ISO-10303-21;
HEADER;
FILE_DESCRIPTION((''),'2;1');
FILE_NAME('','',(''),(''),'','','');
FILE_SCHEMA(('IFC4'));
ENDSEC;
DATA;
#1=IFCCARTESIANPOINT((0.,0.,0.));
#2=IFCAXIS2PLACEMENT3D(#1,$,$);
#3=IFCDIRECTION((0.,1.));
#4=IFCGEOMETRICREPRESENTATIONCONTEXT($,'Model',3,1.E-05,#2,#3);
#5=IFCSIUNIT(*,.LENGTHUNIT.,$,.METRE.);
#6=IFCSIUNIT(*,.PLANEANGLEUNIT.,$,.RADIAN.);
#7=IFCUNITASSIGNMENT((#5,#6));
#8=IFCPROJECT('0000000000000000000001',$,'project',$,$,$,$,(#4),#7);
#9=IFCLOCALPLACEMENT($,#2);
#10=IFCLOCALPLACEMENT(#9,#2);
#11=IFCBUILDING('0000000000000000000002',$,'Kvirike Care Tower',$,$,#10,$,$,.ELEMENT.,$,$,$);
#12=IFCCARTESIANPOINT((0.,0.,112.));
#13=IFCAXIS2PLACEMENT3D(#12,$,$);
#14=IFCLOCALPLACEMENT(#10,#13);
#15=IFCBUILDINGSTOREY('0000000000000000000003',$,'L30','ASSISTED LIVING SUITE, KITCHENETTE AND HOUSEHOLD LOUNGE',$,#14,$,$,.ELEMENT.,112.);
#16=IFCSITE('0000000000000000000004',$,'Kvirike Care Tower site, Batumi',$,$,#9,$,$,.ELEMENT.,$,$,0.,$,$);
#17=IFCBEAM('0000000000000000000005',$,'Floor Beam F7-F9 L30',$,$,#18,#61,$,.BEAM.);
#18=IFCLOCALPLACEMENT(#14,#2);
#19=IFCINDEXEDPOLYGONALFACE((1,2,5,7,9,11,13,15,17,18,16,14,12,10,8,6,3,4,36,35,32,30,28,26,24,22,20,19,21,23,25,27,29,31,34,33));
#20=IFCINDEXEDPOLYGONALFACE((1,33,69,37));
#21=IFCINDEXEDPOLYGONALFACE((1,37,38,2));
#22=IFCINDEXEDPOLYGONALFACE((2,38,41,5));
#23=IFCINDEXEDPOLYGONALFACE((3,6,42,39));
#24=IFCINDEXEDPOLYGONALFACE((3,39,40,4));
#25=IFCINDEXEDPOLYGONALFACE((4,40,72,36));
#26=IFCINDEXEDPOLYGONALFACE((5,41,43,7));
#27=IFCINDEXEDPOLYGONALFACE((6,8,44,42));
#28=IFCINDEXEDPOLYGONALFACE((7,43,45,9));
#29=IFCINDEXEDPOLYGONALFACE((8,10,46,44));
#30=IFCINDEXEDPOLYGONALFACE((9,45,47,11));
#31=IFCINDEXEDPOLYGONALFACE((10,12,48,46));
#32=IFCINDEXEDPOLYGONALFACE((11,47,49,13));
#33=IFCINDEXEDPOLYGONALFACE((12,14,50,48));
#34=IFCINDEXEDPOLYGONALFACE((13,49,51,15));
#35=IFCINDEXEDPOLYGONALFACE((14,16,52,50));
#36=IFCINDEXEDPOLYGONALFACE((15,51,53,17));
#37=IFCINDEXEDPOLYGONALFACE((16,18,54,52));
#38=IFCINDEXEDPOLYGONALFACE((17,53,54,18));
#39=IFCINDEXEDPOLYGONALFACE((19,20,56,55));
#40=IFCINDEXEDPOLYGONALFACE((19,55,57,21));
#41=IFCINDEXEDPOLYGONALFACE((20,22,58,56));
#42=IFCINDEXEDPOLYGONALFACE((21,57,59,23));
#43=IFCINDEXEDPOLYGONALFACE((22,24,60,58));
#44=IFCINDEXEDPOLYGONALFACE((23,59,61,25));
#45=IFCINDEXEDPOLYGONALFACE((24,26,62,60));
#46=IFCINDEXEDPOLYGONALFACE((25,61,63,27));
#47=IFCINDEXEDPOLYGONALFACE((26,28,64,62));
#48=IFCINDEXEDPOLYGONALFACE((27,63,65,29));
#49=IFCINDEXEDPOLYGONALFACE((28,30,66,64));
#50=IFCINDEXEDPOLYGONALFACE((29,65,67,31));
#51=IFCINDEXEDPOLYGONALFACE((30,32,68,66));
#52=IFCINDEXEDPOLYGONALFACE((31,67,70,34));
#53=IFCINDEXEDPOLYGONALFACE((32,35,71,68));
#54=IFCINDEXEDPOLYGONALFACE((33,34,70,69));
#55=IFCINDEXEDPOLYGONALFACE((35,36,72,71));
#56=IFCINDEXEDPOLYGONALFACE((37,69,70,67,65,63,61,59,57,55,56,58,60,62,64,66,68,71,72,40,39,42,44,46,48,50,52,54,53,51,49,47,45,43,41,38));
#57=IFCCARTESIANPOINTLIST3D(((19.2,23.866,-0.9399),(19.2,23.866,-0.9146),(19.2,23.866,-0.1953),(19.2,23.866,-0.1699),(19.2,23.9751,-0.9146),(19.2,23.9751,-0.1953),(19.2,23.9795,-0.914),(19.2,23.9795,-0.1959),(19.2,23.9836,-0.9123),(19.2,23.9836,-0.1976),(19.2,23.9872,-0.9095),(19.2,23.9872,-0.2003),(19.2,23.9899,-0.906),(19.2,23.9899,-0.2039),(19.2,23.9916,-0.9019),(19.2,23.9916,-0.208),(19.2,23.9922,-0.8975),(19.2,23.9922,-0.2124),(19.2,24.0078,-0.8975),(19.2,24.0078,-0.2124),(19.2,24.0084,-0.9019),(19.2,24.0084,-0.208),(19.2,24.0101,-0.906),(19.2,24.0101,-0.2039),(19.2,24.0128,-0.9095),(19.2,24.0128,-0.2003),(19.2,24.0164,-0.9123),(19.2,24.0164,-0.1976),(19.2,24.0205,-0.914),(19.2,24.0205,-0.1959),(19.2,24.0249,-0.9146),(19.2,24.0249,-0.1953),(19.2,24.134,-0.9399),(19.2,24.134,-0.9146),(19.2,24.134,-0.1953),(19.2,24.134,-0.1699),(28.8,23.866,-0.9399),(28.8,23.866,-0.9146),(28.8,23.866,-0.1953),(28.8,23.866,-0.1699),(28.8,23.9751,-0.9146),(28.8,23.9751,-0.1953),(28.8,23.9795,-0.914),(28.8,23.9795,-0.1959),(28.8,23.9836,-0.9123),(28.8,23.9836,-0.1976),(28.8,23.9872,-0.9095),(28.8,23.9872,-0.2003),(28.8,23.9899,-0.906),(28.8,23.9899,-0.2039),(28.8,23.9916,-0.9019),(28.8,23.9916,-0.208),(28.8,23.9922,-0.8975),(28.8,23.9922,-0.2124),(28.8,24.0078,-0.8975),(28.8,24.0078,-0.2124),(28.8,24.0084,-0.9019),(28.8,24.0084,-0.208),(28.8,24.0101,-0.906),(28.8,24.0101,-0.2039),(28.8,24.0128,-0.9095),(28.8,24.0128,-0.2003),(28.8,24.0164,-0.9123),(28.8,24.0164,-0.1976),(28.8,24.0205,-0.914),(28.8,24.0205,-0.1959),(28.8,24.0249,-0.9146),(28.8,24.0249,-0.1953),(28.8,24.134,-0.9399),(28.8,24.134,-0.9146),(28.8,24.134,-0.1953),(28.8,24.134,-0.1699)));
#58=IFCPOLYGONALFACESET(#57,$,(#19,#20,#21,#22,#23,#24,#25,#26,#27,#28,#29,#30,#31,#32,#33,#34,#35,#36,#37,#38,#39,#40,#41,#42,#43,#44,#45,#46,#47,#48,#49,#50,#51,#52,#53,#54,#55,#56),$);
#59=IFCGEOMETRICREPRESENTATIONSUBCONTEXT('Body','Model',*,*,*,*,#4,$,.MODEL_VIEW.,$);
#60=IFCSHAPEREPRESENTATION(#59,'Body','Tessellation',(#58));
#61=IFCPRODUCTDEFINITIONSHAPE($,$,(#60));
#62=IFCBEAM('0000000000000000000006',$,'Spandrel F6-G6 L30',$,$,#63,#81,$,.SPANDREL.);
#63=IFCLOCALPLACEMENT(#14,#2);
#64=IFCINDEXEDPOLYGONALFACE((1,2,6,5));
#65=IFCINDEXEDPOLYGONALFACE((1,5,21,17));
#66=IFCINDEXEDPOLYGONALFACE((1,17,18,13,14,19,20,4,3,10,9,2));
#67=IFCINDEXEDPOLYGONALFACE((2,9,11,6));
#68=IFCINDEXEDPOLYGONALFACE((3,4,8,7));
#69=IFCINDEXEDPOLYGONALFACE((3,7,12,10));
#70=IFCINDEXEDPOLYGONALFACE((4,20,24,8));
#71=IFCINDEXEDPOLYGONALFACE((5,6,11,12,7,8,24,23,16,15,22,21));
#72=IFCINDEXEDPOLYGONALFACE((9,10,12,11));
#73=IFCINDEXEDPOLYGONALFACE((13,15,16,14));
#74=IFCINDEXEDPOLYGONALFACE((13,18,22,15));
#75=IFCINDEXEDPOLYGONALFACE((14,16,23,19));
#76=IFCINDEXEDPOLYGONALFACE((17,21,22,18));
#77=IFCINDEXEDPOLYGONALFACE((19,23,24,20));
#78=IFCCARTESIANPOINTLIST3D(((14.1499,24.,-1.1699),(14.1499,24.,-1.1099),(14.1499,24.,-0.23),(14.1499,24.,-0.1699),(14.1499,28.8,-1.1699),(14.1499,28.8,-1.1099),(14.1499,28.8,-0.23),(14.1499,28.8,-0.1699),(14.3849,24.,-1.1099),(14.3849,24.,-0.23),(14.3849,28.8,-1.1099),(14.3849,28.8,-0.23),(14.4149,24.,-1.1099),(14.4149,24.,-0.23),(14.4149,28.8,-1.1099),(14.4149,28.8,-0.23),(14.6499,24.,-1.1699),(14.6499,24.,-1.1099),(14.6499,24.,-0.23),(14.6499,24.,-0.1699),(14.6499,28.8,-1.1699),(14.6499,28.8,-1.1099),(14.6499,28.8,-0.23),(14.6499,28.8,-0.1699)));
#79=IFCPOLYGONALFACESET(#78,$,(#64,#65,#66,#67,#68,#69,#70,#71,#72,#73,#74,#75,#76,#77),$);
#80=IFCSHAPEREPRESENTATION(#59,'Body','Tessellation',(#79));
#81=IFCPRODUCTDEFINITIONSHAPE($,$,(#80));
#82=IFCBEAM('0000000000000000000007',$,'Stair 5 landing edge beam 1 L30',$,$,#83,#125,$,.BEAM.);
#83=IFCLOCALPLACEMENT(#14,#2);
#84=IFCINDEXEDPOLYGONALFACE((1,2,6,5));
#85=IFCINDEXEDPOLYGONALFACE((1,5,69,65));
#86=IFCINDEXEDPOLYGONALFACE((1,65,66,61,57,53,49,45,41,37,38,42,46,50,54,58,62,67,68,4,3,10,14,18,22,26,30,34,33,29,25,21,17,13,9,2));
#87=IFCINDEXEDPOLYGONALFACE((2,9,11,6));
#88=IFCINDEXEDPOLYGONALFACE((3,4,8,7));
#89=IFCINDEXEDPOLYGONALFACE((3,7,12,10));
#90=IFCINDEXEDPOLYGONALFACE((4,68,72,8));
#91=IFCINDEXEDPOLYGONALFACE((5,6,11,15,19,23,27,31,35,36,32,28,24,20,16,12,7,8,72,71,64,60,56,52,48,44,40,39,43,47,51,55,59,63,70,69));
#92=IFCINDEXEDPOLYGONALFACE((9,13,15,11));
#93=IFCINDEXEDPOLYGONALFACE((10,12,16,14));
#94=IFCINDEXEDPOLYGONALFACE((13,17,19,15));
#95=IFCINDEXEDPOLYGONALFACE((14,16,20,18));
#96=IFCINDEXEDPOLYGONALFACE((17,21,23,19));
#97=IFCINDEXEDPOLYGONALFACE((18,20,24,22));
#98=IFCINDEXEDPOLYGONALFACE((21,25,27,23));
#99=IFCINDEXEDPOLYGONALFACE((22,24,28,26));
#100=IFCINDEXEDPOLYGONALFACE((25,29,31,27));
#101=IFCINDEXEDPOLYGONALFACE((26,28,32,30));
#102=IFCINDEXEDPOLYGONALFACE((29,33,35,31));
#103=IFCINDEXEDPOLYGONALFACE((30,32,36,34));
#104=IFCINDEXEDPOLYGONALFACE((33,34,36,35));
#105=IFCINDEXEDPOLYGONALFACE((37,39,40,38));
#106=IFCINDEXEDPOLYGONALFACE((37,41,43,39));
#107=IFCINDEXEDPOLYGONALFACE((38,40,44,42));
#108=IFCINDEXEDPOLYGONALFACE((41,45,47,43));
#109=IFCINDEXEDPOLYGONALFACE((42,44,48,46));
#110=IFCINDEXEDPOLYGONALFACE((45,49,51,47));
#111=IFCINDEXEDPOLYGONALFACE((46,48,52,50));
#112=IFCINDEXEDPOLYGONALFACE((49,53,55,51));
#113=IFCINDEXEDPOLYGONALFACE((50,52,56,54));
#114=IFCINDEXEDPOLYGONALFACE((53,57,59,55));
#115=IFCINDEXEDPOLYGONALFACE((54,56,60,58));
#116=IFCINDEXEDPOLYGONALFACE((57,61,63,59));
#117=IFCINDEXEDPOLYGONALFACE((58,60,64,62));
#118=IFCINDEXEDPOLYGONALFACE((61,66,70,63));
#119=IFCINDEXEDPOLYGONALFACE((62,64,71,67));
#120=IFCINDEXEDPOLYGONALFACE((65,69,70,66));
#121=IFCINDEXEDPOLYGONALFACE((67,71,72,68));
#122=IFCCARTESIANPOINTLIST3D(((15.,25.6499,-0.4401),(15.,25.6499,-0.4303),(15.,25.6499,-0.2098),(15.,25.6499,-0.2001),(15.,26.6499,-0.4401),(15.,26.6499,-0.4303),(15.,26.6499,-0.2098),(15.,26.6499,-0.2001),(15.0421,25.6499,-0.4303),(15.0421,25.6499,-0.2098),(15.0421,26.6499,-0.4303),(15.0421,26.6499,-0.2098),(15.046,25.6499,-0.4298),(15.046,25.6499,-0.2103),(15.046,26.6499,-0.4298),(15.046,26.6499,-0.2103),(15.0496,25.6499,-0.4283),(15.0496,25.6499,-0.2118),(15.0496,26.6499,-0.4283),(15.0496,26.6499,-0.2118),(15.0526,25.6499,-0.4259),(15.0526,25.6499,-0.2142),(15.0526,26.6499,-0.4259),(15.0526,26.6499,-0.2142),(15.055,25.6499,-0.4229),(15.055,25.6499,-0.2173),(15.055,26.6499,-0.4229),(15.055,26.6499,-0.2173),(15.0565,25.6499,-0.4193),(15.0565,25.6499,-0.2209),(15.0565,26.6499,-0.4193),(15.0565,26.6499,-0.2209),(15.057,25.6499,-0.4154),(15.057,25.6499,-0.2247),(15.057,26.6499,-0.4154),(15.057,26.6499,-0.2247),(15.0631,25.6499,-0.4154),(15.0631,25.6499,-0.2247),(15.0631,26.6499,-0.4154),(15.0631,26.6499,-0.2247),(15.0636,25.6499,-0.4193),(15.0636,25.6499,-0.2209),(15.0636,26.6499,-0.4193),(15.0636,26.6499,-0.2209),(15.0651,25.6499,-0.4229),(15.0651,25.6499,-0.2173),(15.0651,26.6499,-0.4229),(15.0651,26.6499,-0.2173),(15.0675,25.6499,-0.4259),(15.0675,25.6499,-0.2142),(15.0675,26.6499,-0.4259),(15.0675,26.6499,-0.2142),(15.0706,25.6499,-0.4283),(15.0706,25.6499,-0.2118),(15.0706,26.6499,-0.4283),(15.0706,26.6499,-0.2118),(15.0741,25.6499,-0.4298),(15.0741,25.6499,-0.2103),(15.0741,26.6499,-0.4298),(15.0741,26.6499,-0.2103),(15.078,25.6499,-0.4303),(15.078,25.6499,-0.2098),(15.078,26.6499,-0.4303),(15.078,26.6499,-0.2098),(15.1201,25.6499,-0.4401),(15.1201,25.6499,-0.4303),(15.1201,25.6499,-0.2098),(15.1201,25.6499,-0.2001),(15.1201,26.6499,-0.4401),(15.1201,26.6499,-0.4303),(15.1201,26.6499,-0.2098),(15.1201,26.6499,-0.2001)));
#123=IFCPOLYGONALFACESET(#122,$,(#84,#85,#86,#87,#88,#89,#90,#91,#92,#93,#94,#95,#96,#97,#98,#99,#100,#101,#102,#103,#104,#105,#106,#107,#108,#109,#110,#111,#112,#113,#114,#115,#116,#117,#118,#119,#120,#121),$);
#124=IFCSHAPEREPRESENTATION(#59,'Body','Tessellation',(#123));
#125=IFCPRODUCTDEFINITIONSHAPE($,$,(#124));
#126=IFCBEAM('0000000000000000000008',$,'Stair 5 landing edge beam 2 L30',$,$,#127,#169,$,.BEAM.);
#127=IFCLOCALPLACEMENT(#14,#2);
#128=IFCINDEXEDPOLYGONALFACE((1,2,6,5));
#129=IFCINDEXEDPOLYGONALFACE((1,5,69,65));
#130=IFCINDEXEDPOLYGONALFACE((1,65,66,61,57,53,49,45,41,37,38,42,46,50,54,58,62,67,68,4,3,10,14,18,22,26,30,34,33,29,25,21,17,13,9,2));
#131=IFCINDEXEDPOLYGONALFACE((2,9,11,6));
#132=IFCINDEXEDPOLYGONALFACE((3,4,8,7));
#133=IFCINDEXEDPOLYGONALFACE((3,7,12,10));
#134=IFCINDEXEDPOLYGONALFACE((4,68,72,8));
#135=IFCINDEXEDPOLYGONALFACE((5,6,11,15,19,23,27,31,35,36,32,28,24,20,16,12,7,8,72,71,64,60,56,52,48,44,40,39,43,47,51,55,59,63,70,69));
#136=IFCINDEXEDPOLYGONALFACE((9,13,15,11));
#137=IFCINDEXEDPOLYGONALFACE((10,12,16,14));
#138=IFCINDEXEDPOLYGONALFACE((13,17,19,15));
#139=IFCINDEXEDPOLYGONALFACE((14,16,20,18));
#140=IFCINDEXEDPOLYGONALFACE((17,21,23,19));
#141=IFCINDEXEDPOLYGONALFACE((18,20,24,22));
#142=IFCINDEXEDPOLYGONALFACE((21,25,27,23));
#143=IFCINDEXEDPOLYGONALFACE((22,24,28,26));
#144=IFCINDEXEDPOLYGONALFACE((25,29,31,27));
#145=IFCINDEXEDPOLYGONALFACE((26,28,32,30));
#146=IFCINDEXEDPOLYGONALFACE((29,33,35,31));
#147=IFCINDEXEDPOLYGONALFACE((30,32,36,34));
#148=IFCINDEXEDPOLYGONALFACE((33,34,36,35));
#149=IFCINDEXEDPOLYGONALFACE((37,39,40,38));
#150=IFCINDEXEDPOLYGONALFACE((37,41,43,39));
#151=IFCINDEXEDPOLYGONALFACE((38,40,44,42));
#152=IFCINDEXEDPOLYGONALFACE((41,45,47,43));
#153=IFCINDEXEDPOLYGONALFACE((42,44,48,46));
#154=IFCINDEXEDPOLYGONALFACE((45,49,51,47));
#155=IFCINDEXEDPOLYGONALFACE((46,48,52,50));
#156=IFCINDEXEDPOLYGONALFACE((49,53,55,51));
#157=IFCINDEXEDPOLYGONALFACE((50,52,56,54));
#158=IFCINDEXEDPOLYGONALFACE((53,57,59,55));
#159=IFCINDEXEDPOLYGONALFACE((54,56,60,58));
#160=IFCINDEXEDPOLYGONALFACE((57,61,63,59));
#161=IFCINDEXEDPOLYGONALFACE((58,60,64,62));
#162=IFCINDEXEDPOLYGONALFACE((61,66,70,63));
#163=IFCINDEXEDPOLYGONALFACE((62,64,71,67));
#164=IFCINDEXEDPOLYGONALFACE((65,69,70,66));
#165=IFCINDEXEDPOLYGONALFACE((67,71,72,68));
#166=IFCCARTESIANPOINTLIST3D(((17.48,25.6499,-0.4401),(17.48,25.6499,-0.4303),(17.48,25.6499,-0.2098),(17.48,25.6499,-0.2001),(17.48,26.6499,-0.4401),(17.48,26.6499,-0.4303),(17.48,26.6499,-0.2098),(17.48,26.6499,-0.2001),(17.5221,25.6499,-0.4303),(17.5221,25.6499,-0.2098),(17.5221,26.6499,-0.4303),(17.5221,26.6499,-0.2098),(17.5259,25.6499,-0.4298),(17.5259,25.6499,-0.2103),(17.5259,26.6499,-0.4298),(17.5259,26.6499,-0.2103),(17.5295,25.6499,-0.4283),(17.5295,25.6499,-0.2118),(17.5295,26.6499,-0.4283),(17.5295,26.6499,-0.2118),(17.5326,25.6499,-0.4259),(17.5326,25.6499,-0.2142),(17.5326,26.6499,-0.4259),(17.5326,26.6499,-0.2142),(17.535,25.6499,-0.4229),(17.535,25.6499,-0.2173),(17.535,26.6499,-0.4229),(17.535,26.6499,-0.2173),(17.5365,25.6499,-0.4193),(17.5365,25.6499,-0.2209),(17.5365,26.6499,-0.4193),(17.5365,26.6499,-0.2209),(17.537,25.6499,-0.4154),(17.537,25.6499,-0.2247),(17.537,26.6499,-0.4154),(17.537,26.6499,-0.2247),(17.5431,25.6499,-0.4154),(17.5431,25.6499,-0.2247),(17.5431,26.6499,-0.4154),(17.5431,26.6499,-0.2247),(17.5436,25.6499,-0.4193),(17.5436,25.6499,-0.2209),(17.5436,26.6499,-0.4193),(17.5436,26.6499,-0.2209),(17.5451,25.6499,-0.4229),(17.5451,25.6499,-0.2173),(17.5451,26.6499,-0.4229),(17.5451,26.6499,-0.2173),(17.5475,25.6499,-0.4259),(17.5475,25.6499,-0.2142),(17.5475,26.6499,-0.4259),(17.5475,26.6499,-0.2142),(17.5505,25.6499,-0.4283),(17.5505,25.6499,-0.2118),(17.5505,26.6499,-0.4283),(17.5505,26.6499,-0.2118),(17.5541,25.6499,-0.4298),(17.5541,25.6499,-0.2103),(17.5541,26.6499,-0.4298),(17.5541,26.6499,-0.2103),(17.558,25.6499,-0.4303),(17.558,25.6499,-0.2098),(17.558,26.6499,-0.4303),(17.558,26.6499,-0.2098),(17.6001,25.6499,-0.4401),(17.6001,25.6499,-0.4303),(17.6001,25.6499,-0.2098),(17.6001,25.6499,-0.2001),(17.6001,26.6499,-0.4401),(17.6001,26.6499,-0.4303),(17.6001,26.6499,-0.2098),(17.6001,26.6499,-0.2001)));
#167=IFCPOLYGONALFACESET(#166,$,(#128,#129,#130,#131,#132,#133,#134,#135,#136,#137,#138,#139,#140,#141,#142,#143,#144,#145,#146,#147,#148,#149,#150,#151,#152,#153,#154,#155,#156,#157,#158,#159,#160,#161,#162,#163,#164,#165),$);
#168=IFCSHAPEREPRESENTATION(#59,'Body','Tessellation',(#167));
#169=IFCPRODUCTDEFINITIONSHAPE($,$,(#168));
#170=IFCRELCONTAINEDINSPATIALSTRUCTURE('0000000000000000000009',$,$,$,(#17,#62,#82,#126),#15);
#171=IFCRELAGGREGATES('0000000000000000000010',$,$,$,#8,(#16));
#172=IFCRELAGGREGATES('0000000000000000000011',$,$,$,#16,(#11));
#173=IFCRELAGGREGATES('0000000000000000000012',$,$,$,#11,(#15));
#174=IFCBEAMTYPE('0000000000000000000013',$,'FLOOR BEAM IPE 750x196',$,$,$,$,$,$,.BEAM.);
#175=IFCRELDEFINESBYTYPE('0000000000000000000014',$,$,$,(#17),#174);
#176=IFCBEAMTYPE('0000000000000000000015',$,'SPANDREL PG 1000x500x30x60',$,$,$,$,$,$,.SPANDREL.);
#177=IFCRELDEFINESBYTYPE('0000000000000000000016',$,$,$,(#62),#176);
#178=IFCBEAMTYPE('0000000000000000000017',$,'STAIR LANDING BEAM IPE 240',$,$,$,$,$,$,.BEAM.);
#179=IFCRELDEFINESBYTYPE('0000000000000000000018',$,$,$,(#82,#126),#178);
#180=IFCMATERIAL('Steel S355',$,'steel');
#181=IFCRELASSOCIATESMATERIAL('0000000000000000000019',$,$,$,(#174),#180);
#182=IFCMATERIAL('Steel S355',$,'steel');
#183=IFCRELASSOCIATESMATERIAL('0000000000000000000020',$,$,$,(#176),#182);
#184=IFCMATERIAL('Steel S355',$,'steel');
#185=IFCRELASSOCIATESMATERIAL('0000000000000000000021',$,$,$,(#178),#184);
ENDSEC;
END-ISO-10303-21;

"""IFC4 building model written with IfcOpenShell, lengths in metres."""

from ifc_helpers import new_model, si_unit, direction, frame, origin, origin_2d, place, context, subcontext, project, spatial, i_section, extrude, material, material_profile, profile_set, type_object, element, save


model = new_model("IFC4")

# Units and contexts
model_context = context("Model", 3, precision=1e-05, world=origin(), true_north=direction((0.0, 1.0)))
body_context = subcontext(model_context, "Body", "Model", "MODEL_VIEW")
ifc_project = project(units=[si_unit("LENGTHUNIT", "METRE"), si_unit("PLANEANGLEUNIT", "RADIAN")], contexts=[model_context])

# Site, building, storey
site_placement = place(None, origin())
site = spatial("IfcSite", under=ifc_project, at=site_placement, Name="Kvirike Care Tower site, Batumi", CompositionType="ELEMENT", RefElevation=0.0)
building_placement = place(site_placement, origin())
building = spatial("IfcBuilding", under=site, at=building_placement, Name="Kvirike Care Tower", CompositionType="ELEMENT")
storey_placement = place(building_placement, frame((0.0, 0.0, 112.0)))
storey = spatial("IfcBuildingStorey", under=building, at=storey_placement, Name="L30", Description="ASSISTED LIVING SUITE, KITCHENETTE AND HOUSEHOLD LOUNGE", CompositionType="ELEMENT", Elevation=112.0)

# Beams
ifc_material_1 = material(Name="Steel S355", Category="steel")
ifc_material_profile_1 = material_profile(ifc_material_1, i_section(OverallWidth=0.2681, OverallDepth=0.77, WebThickness=0.0156, FlangeThickness=0.0254, FilletRadius=0.0171, at=origin_2d()), Name="IPE 750x196")
ifc_profile_set_1 = profile_set([ifc_material_profile_1], Name="Steel S355")
beam_type_1 = type_object("IfcBeamType", Name="FLOOR BEAM IPE 750x196", PredefinedType="BEAM", material=ifc_profile_set_1)
beam_1_placement = place(storey_placement, frame((19.2, 24.0, -0.5549), z_axis=(1.0, 0.0, 0.0), x_axis=(0.0, 1.0, 0.0)))
element("IfcBeam", 1, at=beam_1_placement, inside=storey, type_object=beam_type_1, Name="Floor Beam F7-F9 L30", PredefinedType="BEAM", context=body_context, shape_type="SweptSolid", body=[
    extrude(i_section(OverallWidth=0.2681, OverallDepth=0.77, WebThickness=0.0156, FlangeThickness=0.0254, FilletRadius=0.0171, at=origin_2d()), origin(), (0.0, 0.0, 1.0), 9.6001),
])
ifc_material_2 = material(Name="Steel S355", Category="steel")
ifc_material_profile_2 = material_profile(ifc_material_2, i_section(OverallWidth=0.5, OverallDepth=1.0, WebThickness=0.03, FlangeThickness=0.0601, at=origin_2d()), Name="PG 1000x500x30x60")
ifc_profile_set_2 = profile_set([ifc_material_profile_2], Name="Steel S355")
beam_type_2 = type_object("IfcBeamType", Name="SPANDREL PG 1000x500x30x60", PredefinedType="SPANDREL", material=ifc_profile_set_2)
beam_2_placement = place(storey_placement, frame((14.3999, 24.0, -0.6699), z_axis=(0.0, 1.0, 0.0), x_axis=(-1.0, 0.0, 0.0)))
element("IfcBeam", 2, at=beam_2_placement, inside=storey, type_object=beam_type_2, Name="Spandrel F6-G6 L30", PredefinedType="SPANDREL", context=body_context, shape_type="SweptSolid", body=[
    extrude(i_section(OverallWidth=0.5, OverallDepth=1.0, WebThickness=0.03, FlangeThickness=0.0601, at=origin_2d()), origin(), (0.0, 0.0, 1.0), 4.8),
])
ifc_material_3 = material(Name="Steel S355", Category="steel")
ifc_material_profile_3 = material_profile(ifc_material_3, i_section(OverallWidth=0.1201, OverallDepth=0.24, WebThickness=0.0061, FlangeThickness=0.0098, FilletRadius=0.0149, at=origin_2d()), Name="IPE 240")
ifc_profile_set_3 = profile_set([ifc_material_profile_3], Name="Steel S355")
beam_type_3 = type_object("IfcBeamType", Name="STAIR LANDING BEAM IPE 240", PredefinedType="BEAM", material=ifc_profile_set_3)
for number, where, z_axis, x_axis, name in (
    (3, (15.0601, 25.6499, -0.3201), (0.0, 1.0, 0.0), (-1.0, 0.0, 0.0), "Stair 5 landing edge beam 1 L30"),
    (4, (17.54, 25.6499, -0.3201), (0.0, 1.0, 0.0), (-1.0, 0.0, 0.0), "Stair 5 landing edge beam 2 L30"),
):
    element("IfcBeam", number, at=place(storey_placement, frame(where, z_axis=z_axis, x_axis=x_axis)), inside=storey, type_object=beam_type_3, Name=name, PredefinedType="BEAM", context=body_context, shape_type="SweptSolid", body=[
        extrude(i_section(OverallWidth=0.1201, OverallDepth=0.24, WebThickness=0.0061, FlangeThickness=0.0098, FilletRadius=0.0149, at=origin_2d()), origin(), (0.0, 0.0, 1.0), 1.0),
    ])

save(model, "model.ifc")
